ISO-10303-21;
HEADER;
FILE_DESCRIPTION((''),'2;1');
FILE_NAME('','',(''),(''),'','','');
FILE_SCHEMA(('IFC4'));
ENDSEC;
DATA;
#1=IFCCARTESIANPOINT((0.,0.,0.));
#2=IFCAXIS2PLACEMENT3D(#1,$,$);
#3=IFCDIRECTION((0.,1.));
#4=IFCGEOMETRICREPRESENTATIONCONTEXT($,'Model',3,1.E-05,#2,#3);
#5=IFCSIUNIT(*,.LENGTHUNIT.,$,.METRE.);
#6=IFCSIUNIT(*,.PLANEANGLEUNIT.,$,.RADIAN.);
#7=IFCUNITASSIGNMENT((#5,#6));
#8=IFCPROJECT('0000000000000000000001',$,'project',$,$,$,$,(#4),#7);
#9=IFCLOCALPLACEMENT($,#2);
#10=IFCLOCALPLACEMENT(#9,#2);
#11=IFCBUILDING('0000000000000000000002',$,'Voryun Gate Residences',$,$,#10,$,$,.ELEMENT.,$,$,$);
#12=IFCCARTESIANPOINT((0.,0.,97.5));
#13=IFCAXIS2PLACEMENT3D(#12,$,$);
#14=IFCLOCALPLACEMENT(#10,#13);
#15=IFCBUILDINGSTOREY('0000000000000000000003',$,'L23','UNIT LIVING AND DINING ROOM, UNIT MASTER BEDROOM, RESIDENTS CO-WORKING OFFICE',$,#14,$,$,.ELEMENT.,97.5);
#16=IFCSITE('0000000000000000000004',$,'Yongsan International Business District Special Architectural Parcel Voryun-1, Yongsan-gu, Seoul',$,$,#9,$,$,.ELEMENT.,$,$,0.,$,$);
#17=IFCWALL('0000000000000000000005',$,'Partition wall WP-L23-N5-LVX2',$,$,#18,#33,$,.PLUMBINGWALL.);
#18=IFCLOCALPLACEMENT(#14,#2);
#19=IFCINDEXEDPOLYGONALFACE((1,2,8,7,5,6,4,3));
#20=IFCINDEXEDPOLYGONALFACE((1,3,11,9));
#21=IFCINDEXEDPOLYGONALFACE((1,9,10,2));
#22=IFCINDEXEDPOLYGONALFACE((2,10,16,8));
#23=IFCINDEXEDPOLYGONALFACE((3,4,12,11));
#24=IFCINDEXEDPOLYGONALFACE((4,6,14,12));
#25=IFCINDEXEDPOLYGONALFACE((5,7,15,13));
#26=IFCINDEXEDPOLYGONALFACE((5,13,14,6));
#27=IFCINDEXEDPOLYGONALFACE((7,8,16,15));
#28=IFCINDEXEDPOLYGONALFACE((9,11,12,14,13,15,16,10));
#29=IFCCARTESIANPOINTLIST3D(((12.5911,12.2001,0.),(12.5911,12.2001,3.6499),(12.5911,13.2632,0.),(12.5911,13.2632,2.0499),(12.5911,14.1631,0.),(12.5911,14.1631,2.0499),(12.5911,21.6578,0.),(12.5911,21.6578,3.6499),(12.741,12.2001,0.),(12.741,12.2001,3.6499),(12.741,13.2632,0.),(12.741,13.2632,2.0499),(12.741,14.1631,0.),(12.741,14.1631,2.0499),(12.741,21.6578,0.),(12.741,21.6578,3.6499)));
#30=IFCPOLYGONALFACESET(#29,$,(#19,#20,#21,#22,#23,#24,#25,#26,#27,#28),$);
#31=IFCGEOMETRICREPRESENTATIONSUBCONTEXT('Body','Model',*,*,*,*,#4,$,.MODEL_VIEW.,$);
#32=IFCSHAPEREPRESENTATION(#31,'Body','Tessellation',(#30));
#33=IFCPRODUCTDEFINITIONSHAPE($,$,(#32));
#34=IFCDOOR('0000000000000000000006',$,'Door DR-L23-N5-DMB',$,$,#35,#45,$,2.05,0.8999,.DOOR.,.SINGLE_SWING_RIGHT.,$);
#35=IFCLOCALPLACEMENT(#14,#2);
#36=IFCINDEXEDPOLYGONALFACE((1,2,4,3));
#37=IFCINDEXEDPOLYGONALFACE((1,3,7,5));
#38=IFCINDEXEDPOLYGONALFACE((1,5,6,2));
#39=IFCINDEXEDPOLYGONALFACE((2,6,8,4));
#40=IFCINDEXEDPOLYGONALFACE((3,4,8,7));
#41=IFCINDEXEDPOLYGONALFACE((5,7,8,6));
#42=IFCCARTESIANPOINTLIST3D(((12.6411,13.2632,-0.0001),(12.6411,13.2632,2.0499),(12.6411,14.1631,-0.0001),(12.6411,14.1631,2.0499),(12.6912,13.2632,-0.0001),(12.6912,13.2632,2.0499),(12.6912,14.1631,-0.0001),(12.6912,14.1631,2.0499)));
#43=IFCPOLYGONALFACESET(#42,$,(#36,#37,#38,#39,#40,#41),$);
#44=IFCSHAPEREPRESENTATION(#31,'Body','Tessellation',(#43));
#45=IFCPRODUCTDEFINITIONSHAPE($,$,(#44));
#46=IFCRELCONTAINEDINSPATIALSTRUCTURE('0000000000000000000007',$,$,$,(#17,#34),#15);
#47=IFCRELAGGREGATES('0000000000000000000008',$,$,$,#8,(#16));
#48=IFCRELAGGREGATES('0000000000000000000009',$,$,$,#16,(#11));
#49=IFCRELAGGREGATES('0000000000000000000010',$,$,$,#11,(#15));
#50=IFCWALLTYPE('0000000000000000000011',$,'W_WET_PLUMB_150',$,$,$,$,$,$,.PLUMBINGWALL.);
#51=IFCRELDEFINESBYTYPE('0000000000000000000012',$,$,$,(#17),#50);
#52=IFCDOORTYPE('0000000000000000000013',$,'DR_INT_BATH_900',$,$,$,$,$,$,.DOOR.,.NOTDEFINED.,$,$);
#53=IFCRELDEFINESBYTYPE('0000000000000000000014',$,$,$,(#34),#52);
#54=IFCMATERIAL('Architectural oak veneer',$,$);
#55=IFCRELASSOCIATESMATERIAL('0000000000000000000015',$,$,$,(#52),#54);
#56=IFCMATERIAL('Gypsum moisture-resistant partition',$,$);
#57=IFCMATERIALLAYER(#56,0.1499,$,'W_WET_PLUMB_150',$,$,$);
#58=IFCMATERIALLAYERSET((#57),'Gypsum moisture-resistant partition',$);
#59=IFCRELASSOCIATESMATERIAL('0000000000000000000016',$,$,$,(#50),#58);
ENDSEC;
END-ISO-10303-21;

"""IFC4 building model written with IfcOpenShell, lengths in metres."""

from ifc_helpers import new_model, si_unit, direction, frame, frame_2d, origin, place, context, subcontext, project, spatial, rectangle, extrude, material, layer, layer_set, type_object, element, fill, save


model = new_model("IFC4")

# Units and contexts
model_context = context("Model", 3, precision=1e-05, world=origin(), true_north=direction((0.0, 1.0)))
body_context = subcontext(model_context, "Body", "Model", "MODEL_VIEW")
ifc_project = project(units=[si_unit("LENGTHUNIT", "METRE"), si_unit("PLANEANGLEUNIT", "RADIAN")], contexts=[model_context])

# Site, building, storey
site_placement = place(None, origin())
site = spatial("IfcSite", under=ifc_project, at=site_placement, Name="Yongsan International Business District Special Architectural Parcel Voryun-1, Yongsan-gu, Seoul", CompositionType="ELEMENT", RefElevation=0.0)
building_placement = place(site_placement, origin())
building = spatial("IfcBuilding", under=site, at=building_placement, Name="Voryun Gate Residences", CompositionType="ELEMENT")
storey_placement = place(building_placement, frame((0.0, 0.0, 97.5)))
storey = spatial("IfcBuildingStorey", under=building, at=storey_placement, Name="L23", Description="UNIT LIVING AND DINING ROOM, UNIT MASTER BEDROOM, RESIDENTS CO-WORKING OFFICE", CompositionType="ELEMENT", Elevation=97.5)

# Shared definitions
ifc_material_1 = material(Name="Architectural oak veneer")
door_type_1 = type_object("IfcDoorType", Name="DR_INT_BATH_900", OperationType="NOTDEFINED", PredefinedType="DOOR", material=ifc_material_1)

# Shared definitions
ifc_material_2 = material(Name="Gypsum moisture-resistant partition")
ifc_layer_1 = layer(ifc_material_2, 0.1499, Name="W_WET_PLUMB_150")
ifc_layer_set_1 = layer_set([ifc_layer_1], Name="Gypsum moisture-resistant partition")
wall_type_1 = type_object("IfcWallType", Name="W_WET_PLUMB_150", PredefinedType="PLUMBINGWALL", material=ifc_layer_set_1)

# Wall, opening, door
wall_1_placement = place(storey_placement, frame((12.666, 12.2, 0.0), z_axis=(0.0, 0.0, 1.0), x_axis=(0.0, 1.0, 0.0)))
wall_1 = element("IfcWall", 1, at=wall_1_placement, inside=storey, type_object=wall_type_1, Name="Partition wall WP-L23-N5-LVX2", PredefinedType="PLUMBINGWALL", context=body_context, shape_type="SweptSolid", body=[
    extrude(rectangle(XDim=9.4578, YDim=0.1499, at=frame_2d((4.729, 0.0))), origin(), (0.0, 0.0, 1.0), 3.6499),
])
opening_1_placement = place(wall_1_placement, frame((1.0632, 0.0, 0.0)))
opening_1 = element("IfcOpeningElement", 2, at=opening_1_placement, cuts=wall_1, PredefinedType="OPENING", context=body_context, shape_type="SweptSolid", body=[
    extrude(rectangle(XDim=0.8999, YDim=2.05, at=frame_2d((0.45, 1.0249))), frame((0.0, 0.085, 0.0), z_axis=(0.0, -1.0, 0.0), x_axis=(1.0, 0.0, 0.0)), (0.0, 0.0, 1.0), 0.1699),
])
door_1_placement = place(opening_1_placement, origin())
door_1 = element("IfcDoor", 3, at=door_1_placement, inside=storey, type_object=door_type_1, Name="Door DR-L23-N5-DMB", OperationType="SINGLE_SWING_RIGHT", OverallHeight=2.05, OverallWidth=0.8999, PredefinedType="DOOR", context=body_context, shape_type="SweptSolid", body=[
    extrude(rectangle(XDim=0.8999, YDim=2.05, at=frame_2d((0.45, 1.0249))), frame((0.0, 0.0249, 0.0), z_axis=(0.0, -1.0, 0.0), x_axis=(1.0, 0.0, 0.0)), (0.0, 0.0, 1.0), 0.05),
])
fill(opening_1, door_1)

save(model, "model.ifc")
